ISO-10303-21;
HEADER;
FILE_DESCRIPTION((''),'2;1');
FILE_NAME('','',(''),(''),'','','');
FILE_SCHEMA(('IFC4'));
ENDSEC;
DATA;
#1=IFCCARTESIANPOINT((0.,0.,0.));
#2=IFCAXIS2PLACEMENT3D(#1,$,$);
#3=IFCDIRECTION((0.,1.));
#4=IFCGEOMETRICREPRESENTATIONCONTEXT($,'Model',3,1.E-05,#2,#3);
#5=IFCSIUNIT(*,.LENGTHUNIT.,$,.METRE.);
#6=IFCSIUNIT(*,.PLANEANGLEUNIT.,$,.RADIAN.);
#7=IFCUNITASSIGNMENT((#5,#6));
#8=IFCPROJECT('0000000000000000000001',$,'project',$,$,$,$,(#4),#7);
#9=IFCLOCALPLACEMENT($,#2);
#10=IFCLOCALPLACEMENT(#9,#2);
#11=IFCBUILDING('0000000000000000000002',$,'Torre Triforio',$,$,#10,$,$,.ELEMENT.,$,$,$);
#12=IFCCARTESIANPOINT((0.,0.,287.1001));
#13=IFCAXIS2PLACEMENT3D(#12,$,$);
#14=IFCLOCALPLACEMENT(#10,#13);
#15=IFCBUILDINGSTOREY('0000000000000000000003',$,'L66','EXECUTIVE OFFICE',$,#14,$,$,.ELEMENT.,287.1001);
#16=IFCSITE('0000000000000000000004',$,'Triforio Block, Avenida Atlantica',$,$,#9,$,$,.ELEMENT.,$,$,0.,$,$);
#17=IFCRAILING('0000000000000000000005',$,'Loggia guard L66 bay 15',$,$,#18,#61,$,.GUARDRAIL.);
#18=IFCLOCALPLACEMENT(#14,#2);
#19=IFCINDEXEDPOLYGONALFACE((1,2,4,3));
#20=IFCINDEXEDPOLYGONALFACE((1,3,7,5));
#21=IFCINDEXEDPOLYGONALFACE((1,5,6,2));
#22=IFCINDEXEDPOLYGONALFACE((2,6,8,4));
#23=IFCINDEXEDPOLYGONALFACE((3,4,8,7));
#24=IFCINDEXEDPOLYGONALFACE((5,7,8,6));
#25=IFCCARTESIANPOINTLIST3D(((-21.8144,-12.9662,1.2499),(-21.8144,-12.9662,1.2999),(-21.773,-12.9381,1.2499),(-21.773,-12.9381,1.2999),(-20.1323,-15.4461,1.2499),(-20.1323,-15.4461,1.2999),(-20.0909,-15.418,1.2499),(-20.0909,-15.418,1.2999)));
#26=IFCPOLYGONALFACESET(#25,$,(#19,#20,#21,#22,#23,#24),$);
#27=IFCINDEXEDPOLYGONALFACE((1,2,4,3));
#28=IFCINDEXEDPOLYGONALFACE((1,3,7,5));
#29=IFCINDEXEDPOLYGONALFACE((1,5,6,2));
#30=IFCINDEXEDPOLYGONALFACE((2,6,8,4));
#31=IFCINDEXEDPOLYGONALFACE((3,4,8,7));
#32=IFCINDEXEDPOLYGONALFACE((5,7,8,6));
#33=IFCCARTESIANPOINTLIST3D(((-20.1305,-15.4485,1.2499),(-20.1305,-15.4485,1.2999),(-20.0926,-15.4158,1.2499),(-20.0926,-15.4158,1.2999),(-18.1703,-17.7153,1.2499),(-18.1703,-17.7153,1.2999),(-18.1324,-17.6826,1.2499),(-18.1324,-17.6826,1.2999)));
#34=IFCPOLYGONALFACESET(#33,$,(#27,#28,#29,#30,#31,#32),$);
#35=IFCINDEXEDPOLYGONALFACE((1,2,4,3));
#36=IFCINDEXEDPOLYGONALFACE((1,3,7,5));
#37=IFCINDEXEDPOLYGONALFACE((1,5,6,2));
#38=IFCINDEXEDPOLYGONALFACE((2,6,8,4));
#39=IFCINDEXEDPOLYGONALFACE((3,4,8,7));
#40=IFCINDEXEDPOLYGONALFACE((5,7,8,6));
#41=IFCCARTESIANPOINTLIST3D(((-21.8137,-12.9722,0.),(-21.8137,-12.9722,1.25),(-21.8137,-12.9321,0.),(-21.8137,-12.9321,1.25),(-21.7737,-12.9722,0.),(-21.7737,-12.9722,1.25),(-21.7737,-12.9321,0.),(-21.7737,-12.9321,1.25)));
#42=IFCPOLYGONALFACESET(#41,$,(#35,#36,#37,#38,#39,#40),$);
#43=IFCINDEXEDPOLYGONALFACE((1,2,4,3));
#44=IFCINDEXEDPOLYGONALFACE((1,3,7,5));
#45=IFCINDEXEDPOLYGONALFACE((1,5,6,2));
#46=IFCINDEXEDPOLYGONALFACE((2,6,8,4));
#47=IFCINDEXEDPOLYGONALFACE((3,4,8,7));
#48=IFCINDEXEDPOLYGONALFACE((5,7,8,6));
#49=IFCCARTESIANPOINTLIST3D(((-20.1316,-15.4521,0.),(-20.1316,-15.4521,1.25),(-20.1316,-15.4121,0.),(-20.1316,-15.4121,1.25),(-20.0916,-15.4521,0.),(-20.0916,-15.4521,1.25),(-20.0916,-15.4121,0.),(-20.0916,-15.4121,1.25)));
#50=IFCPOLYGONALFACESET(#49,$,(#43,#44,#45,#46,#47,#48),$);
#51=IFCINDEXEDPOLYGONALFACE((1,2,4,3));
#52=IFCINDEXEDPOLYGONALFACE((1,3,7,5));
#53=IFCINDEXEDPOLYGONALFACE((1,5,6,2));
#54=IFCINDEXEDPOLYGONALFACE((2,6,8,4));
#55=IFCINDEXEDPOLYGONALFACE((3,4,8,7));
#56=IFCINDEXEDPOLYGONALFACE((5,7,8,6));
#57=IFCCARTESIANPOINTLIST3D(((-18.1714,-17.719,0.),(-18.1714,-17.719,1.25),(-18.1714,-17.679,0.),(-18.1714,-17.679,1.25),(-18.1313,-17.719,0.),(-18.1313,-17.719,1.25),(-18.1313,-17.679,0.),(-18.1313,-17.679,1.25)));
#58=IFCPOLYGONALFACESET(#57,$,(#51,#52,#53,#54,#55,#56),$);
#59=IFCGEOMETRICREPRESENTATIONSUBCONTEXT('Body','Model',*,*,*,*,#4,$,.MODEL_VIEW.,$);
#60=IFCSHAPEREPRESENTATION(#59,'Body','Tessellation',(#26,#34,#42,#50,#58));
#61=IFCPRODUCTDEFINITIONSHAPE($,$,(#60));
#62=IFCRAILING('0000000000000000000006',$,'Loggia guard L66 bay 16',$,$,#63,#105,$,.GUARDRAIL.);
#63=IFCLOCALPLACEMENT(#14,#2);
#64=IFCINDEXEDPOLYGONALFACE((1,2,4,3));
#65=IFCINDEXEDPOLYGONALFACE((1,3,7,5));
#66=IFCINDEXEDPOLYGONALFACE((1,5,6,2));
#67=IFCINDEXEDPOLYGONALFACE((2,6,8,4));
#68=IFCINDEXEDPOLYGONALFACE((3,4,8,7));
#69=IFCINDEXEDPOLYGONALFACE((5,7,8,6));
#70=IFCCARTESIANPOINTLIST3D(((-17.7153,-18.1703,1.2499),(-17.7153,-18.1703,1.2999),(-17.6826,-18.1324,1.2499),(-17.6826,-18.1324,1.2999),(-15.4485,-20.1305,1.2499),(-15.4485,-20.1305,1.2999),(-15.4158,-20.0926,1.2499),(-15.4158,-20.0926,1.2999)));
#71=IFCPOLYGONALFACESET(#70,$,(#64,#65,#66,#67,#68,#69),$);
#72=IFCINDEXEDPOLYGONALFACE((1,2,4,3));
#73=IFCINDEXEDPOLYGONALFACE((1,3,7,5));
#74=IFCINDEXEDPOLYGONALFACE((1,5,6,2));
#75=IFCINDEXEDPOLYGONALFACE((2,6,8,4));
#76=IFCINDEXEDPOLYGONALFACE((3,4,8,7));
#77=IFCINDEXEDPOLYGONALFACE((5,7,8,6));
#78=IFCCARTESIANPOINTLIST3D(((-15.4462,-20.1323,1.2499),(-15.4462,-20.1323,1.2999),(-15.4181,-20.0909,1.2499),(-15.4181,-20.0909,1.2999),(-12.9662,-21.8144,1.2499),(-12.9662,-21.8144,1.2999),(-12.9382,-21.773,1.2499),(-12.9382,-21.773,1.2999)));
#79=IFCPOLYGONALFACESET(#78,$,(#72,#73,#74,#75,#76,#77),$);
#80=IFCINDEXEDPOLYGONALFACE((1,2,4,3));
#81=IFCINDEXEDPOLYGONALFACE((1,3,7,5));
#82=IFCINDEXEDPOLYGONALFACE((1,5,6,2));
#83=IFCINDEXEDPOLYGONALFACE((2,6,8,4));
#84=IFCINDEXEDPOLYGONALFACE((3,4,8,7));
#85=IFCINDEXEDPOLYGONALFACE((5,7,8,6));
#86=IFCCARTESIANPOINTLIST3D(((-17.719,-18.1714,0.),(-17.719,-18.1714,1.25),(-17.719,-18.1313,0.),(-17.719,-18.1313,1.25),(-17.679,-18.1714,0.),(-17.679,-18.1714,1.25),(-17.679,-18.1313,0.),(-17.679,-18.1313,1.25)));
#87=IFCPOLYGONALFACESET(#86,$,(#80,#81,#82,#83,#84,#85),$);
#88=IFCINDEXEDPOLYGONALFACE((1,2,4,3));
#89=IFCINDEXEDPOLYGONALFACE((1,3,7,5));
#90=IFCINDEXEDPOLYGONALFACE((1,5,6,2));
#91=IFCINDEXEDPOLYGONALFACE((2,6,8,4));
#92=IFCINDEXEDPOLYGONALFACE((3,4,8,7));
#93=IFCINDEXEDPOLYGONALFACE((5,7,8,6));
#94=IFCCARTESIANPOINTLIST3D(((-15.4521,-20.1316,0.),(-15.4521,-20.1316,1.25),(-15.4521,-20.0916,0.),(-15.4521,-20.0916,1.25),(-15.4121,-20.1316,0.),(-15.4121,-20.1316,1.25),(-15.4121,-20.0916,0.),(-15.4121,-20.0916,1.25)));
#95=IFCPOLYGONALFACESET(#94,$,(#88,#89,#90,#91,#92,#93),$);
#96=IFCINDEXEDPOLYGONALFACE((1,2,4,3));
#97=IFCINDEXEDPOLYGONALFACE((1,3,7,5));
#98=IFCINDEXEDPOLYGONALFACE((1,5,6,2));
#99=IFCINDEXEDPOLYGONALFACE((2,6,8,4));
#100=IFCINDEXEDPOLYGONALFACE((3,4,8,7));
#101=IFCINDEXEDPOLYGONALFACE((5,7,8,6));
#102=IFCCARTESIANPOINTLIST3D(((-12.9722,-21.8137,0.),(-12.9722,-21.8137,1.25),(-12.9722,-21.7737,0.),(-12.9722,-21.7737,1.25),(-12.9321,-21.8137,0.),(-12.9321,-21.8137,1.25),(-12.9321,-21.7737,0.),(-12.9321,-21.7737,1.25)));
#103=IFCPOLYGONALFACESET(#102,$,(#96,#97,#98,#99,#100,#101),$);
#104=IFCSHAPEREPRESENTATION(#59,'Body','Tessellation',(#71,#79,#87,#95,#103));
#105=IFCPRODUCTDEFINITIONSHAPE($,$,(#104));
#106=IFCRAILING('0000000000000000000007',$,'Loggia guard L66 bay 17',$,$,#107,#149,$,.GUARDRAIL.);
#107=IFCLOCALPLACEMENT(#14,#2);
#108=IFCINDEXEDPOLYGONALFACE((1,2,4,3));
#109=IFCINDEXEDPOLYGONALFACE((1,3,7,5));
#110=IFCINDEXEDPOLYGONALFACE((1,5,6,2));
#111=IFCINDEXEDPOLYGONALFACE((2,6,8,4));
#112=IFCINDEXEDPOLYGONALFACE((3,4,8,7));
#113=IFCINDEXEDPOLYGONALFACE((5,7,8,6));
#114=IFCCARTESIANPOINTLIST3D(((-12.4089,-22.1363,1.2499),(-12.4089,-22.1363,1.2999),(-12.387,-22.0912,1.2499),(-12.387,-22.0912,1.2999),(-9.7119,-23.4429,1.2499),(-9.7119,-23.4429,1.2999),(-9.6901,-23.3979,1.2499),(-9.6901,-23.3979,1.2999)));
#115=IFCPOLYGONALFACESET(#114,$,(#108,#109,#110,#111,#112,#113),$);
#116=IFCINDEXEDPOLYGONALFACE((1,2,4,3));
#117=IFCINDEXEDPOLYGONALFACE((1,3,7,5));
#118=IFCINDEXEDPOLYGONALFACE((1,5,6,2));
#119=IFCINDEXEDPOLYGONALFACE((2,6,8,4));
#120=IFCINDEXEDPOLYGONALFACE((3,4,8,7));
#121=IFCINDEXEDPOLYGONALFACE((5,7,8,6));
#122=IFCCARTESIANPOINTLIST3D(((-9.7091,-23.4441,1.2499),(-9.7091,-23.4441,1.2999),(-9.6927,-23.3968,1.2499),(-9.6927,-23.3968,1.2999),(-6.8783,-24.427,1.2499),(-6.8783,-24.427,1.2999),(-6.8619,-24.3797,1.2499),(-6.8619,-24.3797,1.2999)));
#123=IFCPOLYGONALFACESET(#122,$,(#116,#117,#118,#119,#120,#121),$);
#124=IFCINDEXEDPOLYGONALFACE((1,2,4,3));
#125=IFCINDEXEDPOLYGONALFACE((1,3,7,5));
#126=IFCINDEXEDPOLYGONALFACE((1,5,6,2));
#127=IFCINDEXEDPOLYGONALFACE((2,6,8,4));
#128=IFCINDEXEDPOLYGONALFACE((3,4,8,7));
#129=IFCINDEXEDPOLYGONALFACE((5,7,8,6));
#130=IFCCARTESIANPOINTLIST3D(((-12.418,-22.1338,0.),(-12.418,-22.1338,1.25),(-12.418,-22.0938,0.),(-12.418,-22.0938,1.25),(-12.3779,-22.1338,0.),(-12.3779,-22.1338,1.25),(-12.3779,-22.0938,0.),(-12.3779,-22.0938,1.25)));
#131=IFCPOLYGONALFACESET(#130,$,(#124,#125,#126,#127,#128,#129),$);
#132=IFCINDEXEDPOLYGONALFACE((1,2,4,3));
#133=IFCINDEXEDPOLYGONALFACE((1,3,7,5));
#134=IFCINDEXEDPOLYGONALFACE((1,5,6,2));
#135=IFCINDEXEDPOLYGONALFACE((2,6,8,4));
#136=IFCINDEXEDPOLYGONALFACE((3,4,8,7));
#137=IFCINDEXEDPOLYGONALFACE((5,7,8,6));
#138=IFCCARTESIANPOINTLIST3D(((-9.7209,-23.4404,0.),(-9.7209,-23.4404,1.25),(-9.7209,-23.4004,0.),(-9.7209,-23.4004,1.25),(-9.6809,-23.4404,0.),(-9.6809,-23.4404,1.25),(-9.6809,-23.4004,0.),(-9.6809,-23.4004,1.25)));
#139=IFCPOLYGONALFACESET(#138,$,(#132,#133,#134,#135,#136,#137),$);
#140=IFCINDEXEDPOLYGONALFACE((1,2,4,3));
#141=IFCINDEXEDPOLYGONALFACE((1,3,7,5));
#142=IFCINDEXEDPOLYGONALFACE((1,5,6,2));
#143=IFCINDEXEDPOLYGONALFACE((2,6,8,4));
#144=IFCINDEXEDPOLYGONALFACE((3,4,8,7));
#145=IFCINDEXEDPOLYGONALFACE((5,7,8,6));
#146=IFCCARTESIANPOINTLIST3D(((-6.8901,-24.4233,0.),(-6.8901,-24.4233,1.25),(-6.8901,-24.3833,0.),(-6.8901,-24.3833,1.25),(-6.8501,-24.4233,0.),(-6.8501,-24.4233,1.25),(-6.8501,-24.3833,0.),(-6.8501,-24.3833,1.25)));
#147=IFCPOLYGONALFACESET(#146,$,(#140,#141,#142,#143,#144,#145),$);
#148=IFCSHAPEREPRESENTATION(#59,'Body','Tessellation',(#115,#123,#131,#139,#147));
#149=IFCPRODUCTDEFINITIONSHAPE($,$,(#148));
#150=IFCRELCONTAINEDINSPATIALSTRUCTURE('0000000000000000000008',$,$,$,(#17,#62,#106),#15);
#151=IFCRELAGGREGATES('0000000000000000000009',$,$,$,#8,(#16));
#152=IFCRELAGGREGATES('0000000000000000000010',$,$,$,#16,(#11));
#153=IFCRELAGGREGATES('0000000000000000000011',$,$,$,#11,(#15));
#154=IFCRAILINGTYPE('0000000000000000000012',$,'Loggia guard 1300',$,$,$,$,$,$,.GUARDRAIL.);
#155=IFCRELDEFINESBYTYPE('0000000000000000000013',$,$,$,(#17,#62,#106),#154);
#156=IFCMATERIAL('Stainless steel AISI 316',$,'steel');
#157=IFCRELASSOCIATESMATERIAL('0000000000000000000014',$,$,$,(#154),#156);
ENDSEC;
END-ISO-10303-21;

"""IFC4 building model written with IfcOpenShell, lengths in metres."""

from ifc_helpers import new_model, si_unit, direction, frame, origin, origin_2d, place, context, subcontext, project, spatial, rectangle, extrude, material, type_object, element, save


model = new_model("IFC4")

# Units and contexts
model_context = context("Model", 3, precision=1e-05, world=origin(), true_north=direction((0.0, 1.0)))
body_context = subcontext(model_context, "Body", "Model", "MODEL_VIEW")
ifc_project = project(units=[si_unit("LENGTHUNIT", "METRE"), si_unit("PLANEANGLEUNIT", "RADIAN")], contexts=[model_context])

# Site, building, storey
site_placement = place(None, origin())
site = spatial("IfcSite", under=ifc_project, at=site_placement, Name="Triforio Block, Avenida Atlantica", CompositionType="ELEMENT", RefElevation=0.0)
building_placement = place(site_placement, origin())
building = spatial("IfcBuilding", under=site, at=building_placement, Name="Torre Triforio", CompositionType="ELEMENT")
storey_placement = place(building_placement, frame((0.0, 0.0, 287.1001)))
storey = spatial("IfcBuildingStorey", under=building, at=storey_placement, Name="L66", Description="EXECUTIVE OFFICE", CompositionType="ELEMENT", Elevation=287.1001)

# Railings
ifc_material_1 = material(Name="Stainless steel AISI 316", Category="steel")
railing_type = type_object("IfcRailingType", Name="Loggia guard 1300", PredefinedType="GUARDRAIL", material=ifc_material_1)
railing_1_placement = place(storey_placement, frame((-21.7937, -12.9521, 0.0)))
element("IfcRailing", 1, at=railing_1_placement, inside=storey, type_object=railing_type, Name="Loggia guard L66 bay 15", PredefinedType="GUARDRAIL", context=body_context, shape_type="SweptSolid", body=[
    extrude(rectangle(XDim=0.05, YDim=0.05, at=origin_2d()), frame((0.0, 0.0, 1.2749), z_axis=(0.561338, -0.827587, 0.0), x_axis=(0.827587, 0.561338, 0.0)), (0.0, 0.0, 1.0), 2.9966),
    extrude(rectangle(XDim=0.05, YDim=0.05, at=origin_2d()), frame((1.6821, -2.48, 1.2749), z_axis=(0.654093, -0.756414, 0.0), x_axis=(0.756414, 0.654093, 0.0)), (0.0, 0.0, 1.0), 2.9968),
    extrude(rectangle(XDim=0.04, YDim=0.04, at=origin_2d()), origin(), (0.0, 0.0, 1.0), 1.25),
    extrude(rectangle(XDim=0.04, YDim=0.04, at=origin_2d()), frame((1.6821, -2.48, 0.0)), (0.0, 0.0, 1.0), 1.25),
    extrude(rectangle(XDim=0.04, YDim=0.04, at=origin_2d()), frame((3.6423, -4.7468, 0.0)), (0.0, 0.0, 1.0), 1.25),
])
railing_2_placement = place(storey_placement, frame((-17.699, -18.1514, 0.0)))
element("IfcRailing", 2, at=railing_2_placement, inside=storey, type_object=railing_type, Name="Loggia guard L66 bay 16", PredefinedType="GUARDRAIL", context=body_context, shape_type="SweptSolid", body=[
    extrude(rectangle(XDim=0.05, YDim=0.05, at=origin_2d()), frame((0.0, 0.0, 1.2749), z_axis=(0.756414, -0.654093, 0.0), x_axis=(0.654093, 0.756414, 0.0)), (0.0, 0.0, 1.0), 2.9968),
    extrude(rectangle(XDim=0.05, YDim=0.05, at=origin_2d()), frame((2.2668, -1.9602, 1.2749), z_axis=(0.827587, -0.561338, 0.0), x_axis=(0.561338, 0.827587, 0.0)), (0.0, 0.0, 1.0), 2.9966),
    extrude(rectangle(XDim=0.04, YDim=0.04, at=origin_2d()), origin(), (0.0, 0.0, 1.0), 1.25),
    extrude(rectangle(XDim=0.04, YDim=0.04, at=origin_2d()), frame((2.2668, -1.9602, 0.0)), (0.0, 0.0, 1.0), 1.25),
    extrude(rectangle(XDim=0.04, YDim=0.04, at=origin_2d()), frame((4.7468, -3.6423, 0.0)), (0.0, 0.0, 1.0), 1.25),
])
railing_3_placement = place(storey_placement, frame((-12.3979, -22.1138, 0.0)))
element("IfcRailing", 3, at=railing_3_placement, inside=storey, type_object=railing_type, Name="Loggia guard L66 bay 17", PredefinedType="GUARDRAIL", context=body_context, shape_type="SweptSolid", body=[
    extrude(rectangle(XDim=0.05, YDim=0.05, at=origin_2d()), frame((0.0, 0.0, 1.2749), z_axis=(0.899946, -0.436002, 0.0), x_axis=(0.436002, 0.899946, 0.0)), (0.0, 0.0, 1.0), 2.9968),
    extrude(rectangle(XDim=0.05, YDim=0.05, at=origin_2d()), frame((2.697, -1.3066, 1.2749), z_axis=(0.944675, -0.328009, 0.0), x_axis=(0.328009, 0.944675, 0.0)), (0.0, 0.0, 1.0), 2.9966),
    extrude(rectangle(XDim=0.04, YDim=0.04, at=origin_2d()), origin(), (0.0, 0.0, 1.0), 1.25),
    extrude(rectangle(XDim=0.04, YDim=0.04, at=origin_2d()), frame((2.697, -1.3066, 0.0)), (0.0, 0.0, 1.0), 1.25),
    extrude(rectangle(XDim=0.04, YDim=0.04, at=origin_2d()), frame((5.5278, -2.2896, 0.0)), (0.0, 0.0, 1.0), 1.25),
])

save(model, "model.ifc")
